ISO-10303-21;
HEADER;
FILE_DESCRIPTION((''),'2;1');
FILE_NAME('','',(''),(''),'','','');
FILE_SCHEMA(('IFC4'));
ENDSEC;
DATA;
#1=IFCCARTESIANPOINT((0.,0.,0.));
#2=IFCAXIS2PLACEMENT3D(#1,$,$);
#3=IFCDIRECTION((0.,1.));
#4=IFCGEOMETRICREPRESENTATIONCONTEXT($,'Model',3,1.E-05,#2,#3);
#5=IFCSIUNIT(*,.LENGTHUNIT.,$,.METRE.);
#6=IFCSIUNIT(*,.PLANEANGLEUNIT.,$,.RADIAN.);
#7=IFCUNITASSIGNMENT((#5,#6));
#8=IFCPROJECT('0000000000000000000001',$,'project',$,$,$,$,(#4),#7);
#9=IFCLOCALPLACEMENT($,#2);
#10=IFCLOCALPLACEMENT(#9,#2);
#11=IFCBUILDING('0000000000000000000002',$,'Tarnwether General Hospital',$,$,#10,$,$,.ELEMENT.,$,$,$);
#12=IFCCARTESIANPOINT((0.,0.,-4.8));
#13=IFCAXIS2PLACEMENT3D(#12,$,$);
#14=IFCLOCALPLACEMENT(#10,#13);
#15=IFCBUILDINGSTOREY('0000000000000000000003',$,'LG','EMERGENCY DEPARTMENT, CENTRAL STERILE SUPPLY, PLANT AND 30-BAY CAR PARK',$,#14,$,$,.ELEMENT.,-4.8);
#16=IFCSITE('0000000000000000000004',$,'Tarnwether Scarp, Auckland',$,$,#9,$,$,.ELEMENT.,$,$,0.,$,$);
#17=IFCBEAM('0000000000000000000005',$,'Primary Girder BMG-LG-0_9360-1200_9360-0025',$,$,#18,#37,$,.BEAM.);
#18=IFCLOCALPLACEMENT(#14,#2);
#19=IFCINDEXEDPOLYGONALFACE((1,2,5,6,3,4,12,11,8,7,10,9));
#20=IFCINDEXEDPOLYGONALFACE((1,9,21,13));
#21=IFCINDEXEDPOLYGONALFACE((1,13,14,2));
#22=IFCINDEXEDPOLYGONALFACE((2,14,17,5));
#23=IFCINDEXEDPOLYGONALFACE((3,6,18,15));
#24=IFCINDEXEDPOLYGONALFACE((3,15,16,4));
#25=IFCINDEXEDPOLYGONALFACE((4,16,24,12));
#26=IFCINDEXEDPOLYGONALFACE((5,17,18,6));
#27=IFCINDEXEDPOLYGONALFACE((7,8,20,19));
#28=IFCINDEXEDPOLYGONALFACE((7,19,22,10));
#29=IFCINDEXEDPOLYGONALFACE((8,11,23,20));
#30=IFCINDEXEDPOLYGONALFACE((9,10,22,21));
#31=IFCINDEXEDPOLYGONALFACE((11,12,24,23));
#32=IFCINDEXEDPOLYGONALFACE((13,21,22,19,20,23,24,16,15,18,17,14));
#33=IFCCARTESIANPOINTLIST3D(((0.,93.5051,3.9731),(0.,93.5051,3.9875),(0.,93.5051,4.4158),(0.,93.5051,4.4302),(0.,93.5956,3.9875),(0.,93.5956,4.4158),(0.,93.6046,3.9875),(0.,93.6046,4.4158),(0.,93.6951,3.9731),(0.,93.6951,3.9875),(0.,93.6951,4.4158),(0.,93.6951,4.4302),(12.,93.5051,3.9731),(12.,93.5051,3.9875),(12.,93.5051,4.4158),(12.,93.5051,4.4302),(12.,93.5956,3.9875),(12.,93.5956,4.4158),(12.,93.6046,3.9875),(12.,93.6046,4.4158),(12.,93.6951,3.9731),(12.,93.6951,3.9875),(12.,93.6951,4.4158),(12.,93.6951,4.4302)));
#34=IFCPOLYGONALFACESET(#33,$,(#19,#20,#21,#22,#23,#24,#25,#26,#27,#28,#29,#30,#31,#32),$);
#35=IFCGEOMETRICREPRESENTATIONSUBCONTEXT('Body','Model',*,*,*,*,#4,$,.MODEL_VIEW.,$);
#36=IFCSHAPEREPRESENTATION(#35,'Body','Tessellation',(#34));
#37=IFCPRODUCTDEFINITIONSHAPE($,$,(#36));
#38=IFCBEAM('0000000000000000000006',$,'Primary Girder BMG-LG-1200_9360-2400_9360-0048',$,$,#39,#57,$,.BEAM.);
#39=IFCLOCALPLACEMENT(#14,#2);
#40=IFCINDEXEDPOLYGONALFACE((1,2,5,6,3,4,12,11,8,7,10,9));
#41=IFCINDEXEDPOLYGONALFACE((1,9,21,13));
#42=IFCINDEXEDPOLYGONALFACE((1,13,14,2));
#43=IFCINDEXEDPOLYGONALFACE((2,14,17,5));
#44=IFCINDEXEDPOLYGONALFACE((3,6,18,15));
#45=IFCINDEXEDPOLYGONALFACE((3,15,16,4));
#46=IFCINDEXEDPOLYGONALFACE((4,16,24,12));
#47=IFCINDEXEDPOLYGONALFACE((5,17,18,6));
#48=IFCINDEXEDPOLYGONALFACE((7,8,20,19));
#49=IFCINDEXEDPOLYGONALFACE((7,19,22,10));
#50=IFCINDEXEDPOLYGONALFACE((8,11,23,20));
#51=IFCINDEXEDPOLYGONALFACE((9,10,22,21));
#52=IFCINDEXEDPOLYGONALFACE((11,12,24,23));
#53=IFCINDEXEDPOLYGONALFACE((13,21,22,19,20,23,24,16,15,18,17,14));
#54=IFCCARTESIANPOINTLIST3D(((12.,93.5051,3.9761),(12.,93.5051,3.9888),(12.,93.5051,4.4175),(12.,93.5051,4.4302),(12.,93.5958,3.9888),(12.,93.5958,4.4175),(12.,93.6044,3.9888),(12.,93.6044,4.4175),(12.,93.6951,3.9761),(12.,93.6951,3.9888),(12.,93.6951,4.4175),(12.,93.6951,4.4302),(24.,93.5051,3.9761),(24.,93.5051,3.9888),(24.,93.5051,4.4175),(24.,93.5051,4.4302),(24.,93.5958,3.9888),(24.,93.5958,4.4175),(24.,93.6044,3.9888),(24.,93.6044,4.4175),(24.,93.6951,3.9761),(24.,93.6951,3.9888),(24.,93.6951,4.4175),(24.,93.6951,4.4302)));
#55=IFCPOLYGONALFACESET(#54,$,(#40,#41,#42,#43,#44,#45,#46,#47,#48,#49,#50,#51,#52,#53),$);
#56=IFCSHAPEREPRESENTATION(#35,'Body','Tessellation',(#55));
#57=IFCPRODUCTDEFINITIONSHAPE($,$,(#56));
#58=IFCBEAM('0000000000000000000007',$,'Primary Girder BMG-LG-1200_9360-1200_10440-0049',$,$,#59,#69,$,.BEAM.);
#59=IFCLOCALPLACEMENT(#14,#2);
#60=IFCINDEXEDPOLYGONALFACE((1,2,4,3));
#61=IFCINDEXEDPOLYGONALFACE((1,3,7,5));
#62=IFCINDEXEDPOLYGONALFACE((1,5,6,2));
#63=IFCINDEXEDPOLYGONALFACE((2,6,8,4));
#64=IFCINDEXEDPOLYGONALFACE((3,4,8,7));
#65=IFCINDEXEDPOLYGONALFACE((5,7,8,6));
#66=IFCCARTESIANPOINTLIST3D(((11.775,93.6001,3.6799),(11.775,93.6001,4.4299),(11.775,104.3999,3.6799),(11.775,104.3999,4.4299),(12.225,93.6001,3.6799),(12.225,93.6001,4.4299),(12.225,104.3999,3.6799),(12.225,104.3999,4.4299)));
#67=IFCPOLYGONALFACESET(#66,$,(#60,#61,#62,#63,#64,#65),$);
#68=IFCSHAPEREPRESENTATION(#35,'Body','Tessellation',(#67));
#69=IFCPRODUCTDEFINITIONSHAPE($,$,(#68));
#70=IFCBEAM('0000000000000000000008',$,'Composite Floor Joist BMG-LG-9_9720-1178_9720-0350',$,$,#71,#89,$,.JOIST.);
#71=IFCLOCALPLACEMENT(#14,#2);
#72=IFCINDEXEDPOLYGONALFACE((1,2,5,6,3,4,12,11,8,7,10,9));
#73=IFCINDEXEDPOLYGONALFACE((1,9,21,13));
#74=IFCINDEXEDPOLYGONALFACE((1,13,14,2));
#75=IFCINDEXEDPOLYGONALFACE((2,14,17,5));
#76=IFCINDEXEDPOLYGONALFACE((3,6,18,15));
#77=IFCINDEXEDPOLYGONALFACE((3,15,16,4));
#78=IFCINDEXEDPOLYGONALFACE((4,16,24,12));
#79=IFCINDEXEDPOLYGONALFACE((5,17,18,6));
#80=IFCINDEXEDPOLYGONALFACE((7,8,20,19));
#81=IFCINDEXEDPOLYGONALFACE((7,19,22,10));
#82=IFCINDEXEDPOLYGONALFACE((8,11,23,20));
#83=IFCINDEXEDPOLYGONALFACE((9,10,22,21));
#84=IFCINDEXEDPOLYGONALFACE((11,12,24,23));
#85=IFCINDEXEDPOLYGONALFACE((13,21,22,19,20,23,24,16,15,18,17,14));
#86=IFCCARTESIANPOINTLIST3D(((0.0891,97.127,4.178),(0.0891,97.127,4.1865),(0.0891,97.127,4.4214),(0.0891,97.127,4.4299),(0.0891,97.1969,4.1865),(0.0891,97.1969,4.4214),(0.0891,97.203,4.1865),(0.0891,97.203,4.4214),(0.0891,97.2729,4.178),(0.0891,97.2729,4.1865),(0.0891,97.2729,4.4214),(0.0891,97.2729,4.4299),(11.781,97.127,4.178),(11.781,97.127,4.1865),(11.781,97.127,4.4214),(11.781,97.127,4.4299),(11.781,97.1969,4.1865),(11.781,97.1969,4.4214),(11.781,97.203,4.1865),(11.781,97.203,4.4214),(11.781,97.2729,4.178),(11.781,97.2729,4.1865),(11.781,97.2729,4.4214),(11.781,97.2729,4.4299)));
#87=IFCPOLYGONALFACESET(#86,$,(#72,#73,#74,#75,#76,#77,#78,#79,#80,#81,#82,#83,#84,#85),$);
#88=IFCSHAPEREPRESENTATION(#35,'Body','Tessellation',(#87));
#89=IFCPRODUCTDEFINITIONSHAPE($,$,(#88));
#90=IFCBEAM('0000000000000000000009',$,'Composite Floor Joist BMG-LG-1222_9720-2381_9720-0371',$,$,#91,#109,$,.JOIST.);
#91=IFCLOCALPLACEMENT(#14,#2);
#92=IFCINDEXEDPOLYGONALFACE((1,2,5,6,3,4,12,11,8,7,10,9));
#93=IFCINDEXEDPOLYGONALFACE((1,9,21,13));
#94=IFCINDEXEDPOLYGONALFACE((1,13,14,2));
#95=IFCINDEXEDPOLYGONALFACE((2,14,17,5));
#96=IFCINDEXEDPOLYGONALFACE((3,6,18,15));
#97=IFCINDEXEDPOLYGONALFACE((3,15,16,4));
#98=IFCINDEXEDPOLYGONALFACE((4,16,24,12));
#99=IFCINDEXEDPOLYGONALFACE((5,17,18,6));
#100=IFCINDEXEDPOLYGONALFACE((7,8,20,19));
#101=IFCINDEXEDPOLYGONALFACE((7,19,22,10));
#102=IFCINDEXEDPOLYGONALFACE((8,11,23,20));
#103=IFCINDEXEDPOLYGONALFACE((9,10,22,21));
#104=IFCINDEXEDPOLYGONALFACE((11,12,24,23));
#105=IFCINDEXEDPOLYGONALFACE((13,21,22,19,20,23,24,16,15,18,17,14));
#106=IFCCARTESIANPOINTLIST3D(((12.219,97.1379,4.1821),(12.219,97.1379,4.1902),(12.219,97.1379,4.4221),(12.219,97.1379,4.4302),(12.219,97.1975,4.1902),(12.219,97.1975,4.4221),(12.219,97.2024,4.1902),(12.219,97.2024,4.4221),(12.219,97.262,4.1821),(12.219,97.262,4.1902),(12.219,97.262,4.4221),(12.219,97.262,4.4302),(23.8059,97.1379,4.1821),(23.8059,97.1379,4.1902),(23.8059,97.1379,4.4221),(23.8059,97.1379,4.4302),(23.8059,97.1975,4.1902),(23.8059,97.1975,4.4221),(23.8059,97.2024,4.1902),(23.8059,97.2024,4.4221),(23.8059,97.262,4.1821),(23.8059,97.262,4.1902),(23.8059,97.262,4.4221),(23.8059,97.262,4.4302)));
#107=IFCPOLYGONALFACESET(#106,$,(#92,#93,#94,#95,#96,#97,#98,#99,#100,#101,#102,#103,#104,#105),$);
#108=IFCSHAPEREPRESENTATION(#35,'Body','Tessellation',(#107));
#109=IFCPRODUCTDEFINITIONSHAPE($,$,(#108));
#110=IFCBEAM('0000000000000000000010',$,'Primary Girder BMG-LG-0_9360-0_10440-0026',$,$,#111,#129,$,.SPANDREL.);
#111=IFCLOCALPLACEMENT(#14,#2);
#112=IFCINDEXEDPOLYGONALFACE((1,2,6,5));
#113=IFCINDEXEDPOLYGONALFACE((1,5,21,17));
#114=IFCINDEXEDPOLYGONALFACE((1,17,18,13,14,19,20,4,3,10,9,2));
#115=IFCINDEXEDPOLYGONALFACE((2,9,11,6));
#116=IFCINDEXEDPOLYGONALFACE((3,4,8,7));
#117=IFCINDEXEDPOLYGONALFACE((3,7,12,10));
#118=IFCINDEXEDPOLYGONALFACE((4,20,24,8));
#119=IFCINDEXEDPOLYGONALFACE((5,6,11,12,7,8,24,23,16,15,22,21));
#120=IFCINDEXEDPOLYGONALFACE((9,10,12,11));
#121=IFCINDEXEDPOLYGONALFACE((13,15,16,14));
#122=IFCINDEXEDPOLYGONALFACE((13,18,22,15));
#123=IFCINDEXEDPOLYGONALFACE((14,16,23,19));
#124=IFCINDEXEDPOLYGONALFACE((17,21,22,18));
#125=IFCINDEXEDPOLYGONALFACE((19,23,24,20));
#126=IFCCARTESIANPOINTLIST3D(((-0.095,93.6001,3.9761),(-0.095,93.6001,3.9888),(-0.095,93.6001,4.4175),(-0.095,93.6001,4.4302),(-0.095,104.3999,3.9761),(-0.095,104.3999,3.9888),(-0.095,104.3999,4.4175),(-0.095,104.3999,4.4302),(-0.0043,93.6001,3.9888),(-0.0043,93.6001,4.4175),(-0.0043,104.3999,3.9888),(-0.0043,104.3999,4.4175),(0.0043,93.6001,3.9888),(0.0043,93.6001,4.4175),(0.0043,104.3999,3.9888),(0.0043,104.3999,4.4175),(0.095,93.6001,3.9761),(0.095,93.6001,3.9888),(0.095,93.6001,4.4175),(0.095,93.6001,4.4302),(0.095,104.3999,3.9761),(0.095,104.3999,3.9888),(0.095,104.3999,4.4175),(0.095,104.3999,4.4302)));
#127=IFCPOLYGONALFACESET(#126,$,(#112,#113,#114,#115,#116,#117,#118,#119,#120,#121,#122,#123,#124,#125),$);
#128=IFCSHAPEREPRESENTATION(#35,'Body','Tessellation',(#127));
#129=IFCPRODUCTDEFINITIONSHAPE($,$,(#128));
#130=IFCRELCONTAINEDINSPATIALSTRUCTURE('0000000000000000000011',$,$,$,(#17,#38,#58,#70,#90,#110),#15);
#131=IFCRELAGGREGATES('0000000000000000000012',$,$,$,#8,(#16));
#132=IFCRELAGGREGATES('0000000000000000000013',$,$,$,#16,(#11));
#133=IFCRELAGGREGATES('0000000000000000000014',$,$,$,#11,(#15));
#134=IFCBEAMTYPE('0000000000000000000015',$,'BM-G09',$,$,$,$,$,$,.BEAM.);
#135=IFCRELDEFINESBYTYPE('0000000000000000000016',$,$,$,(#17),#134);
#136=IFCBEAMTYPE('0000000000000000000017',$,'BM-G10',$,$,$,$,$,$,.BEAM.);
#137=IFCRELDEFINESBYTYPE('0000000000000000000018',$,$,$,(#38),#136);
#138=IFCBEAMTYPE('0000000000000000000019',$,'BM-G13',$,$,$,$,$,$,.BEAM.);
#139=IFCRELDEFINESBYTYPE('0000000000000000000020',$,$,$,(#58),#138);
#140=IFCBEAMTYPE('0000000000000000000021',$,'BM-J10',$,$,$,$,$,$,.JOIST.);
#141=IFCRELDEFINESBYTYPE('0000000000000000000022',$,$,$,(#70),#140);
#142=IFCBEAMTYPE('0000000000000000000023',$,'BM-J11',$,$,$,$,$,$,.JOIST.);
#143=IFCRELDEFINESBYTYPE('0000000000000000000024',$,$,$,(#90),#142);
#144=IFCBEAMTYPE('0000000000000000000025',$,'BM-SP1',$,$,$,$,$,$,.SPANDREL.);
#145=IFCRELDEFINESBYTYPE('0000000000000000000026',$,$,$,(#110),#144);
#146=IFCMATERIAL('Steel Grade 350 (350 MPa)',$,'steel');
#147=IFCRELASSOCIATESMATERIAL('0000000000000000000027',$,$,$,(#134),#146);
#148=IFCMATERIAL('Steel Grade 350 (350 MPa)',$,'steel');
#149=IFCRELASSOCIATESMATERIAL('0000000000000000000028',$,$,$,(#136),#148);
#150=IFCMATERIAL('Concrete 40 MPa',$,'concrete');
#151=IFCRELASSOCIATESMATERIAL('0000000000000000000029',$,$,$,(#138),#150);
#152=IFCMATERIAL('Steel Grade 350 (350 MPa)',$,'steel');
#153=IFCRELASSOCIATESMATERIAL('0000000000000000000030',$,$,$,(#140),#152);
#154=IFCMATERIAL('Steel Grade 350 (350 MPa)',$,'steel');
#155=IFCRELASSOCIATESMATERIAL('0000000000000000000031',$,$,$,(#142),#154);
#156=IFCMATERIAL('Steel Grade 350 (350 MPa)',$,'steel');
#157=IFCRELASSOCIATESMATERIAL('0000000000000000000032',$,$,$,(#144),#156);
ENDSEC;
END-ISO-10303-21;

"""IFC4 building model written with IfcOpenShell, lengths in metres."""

from ifc_helpers import new_model, si_unit, direction, frame, origin, origin_2d, place, context, subcontext, project, spatial, rectangle, i_section, extrude, material, material_profile, profile_set, type_object, element, save


model = new_model("IFC4")

# Units and contexts
model_context = context("Model", 3, precision=1e-05, world=origin(), true_north=direction((0.0, 1.0)))
body_context = subcontext(model_context, "Body", "Model", "MODEL_VIEW")
ifc_project = project(units=[si_unit("LENGTHUNIT", "METRE"), si_unit("PLANEANGLEUNIT", "RADIAN")], contexts=[model_context])

# Site, building, storey
site_placement = place(None, origin())
site = spatial("IfcSite", under=ifc_project, at=site_placement, Name="Tarnwether Scarp, Auckland", CompositionType="ELEMENT", RefElevation=0.0)
building_placement = place(site_placement, origin())
building = spatial("IfcBuilding", under=site, at=building_placement, Name="Tarnwether General Hospital", CompositionType="ELEMENT")
storey_placement = place(building_placement, frame((0.0, 0.0, -4.8)))
storey = spatial("IfcBuildingStorey", under=building, at=storey_placement, Name="LG", Description="EMERGENCY DEPARTMENT, CENTRAL STERILE SUPPLY, PLANT AND 30-BAY CAR PARK", CompositionType="ELEMENT", Elevation=-4.8)

# Beams
ifc_material_1 = material(Name="Steel Grade 350 (350 MPa)", Category="steel")
ifc_material_profile_1 = material_profile(ifc_material_1, i_section(OverallWidth=0.1899, OverallDepth=0.457, WebThickness=0.009, FlangeThickness=0.0144, at=origin_2d()), Name="460UB74.6")
ifc_profile_set_1 = profile_set([ifc_material_profile_1], Name="Steel Grade 350 (350 MPa)")
beam_type_1 = type_object("IfcBeamType", Name="BM-G09", PredefinedType="BEAM", material=ifc_profile_set_1)
beam_1_placement = place(storey_placement, frame((0.0, 93.6001, 4.2017), z_axis=(1.0, 0.0, 0.0), x_axis=(0.0, 1.0, 0.0)))
element("IfcBeam", 1, at=beam_1_placement, inside=storey, type_object=beam_type_1, Name="Primary Girder BMG-LG-0_9360-1200_9360-0025", PredefinedType="BEAM", context=body_context, shape_type="SweptSolid", body=[
    extrude(i_section(OverallWidth=0.1899, OverallDepth=0.457, WebThickness=0.009, FlangeThickness=0.0144, at=origin_2d()), origin(), (0.0, 0.0, 1.0), 12.0),
])
ifc_material_2 = material(Name="Steel Grade 350 (350 MPa)", Category="steel")
ifc_material_profile_2 = material_profile(ifc_material_2, i_section(OverallWidth=0.1899, OverallDepth=0.4541, WebThickness=0.0085, FlangeThickness=0.0127, at=origin_2d()), Name="460UB67.1")
ifc_profile_set_2 = profile_set([ifc_material_profile_2], Name="Steel Grade 350 (350 MPa)")
beam_type_2 = type_object("IfcBeamType", Name="BM-G10", PredefinedType="BEAM", material=ifc_profile_set_2)
beam_2_placement = place(storey_placement, frame((12.0, 93.6001, 4.2031), z_axis=(1.0, 0.0, 0.0), x_axis=(0.0, 1.0, 0.0)))
element("IfcBeam", 2, at=beam_2_placement, inside=storey, type_object=beam_type_2, Name="Primary Girder BMG-LG-1200_9360-2400_9360-0048", PredefinedType="BEAM", context=body_context, shape_type="SweptSolid", body=[
    extrude(i_section(OverallWidth=0.1899, OverallDepth=0.4541, WebThickness=0.0085, FlangeThickness=0.0127, at=origin_2d()), origin(), (0.0, 0.0, 1.0), 12.0),
])
ifc_material_3 = material(Name="Concrete 40 MPa", Category="concrete")
ifc_material_profile_3 = material_profile(ifc_material_3, rectangle(XDim=0.45, YDim=0.75, at=origin_2d()), Name="RC-BM-450x750")
ifc_profile_set_3 = profile_set([ifc_material_profile_3], Name="Concrete 40 MPa")
beam_type_3 = type_object("IfcBeamType", Name="BM-G13", PredefinedType="BEAM", material=ifc_profile_set_3)
beam_3_placement = place(storey_placement, frame((12.0, 93.6001, 4.0549), z_axis=(0.0, 1.0, 0.0), x_axis=(-1.0, 0.0, 0.0)))
element("IfcBeam", 3, at=beam_3_placement, inside=storey, type_object=beam_type_3, Name="Primary Girder BMG-LG-1200_9360-1200_10440-0049", PredefinedType="BEAM", context=body_context, shape_type="SweptSolid", body=[
    extrude(rectangle(XDim=0.45, YDim=0.75, at=origin_2d()), origin(), (0.0, 0.0, 1.0), 10.7998),
])
ifc_material_4 = material(Name="Steel Grade 350 (350 MPa)", Category="steel")
ifc_material_profile_4 = material_profile(ifc_material_4, i_section(OverallWidth=0.146, OverallDepth=0.252, WebThickness=0.0061, FlangeThickness=0.0085, at=origin_2d()), Name="250UB31.4")
ifc_profile_set_4 = profile_set([ifc_material_profile_4], Name="Steel Grade 350 (350 MPa)")
beam_type_4 = type_object("IfcBeamType", Name="BM-J10", PredefinedType="JOIST", material=ifc_profile_set_4)
beam_4_placement = place(storey_placement, frame((0.0891, 97.2, 4.304), z_axis=(1.0, 0.0, 0.0), x_axis=(0.0, 1.0, 0.0)))
element("IfcBeam", 4, at=beam_4_placement, inside=storey, type_object=beam_type_4, Name="Composite Floor Joist BMG-LG-9_9720-1178_9720-0350", PredefinedType="JOIST", context=body_context, shape_type="SweptSolid", body=[
    extrude(i_section(OverallWidth=0.146, OverallDepth=0.252, WebThickness=0.0061, FlangeThickness=0.0085, at=origin_2d()), origin(), (0.0, 0.0, 1.0), 11.6919),
])
ifc_material_5 = material(Name="Steel Grade 350 (350 MPa)", Category="steel")
ifc_material_profile_5 = material_profile(ifc_material_5, i_section(OverallWidth=0.124, OverallDepth=0.248, WebThickness=0.0049, FlangeThickness=0.0081, at=origin_2d()), Name="250UB25.7")
ifc_profile_set_5 = profile_set([ifc_material_profile_5], Name="Steel Grade 350 (350 MPa)")
beam_type_5 = type_object("IfcBeamType", Name="BM-J11", PredefinedType="JOIST", material=ifc_profile_set_5)
beam_5_placement = place(storey_placement, frame((12.219, 97.2, 4.3062), z_axis=(1.0, 0.0, 0.0), x_axis=(0.0, 1.0, 0.0)))
element("IfcBeam", 5, at=beam_5_placement, inside=storey, type_object=beam_type_5, Name="Composite Floor Joist BMG-LG-1222_9720-2381_9720-0371", PredefinedType="JOIST", context=body_context, shape_type="SweptSolid", body=[
    extrude(i_section(OverallWidth=0.124, OverallDepth=0.248, WebThickness=0.0049, FlangeThickness=0.0081, at=origin_2d()), origin(), (0.0, 0.0, 1.0), 11.5869),
])
ifc_material_6 = material(Name="Steel Grade 350 (350 MPa)", Category="steel")
ifc_material_profile_6 = material_profile(ifc_material_6, i_section(OverallWidth=0.1899, OverallDepth=0.4541, WebThickness=0.0085, FlangeThickness=0.0127, at=origin_2d()), Name="460UB67.1")
ifc_profile_set_6 = profile_set([ifc_material_profile_6], Name="Steel Grade 350 (350 MPa)")
beam_type_6 = type_object("IfcBeamType", Name="BM-SP1", PredefinedType="SPANDREL", material=ifc_profile_set_6)
beam_6_placement = place(storey_placement, frame((0.0, 93.6001, 4.2031), z_axis=(0.0, 1.0, 0.0), x_axis=(-1.0, 0.0, 0.0)))
element("IfcBeam", 6, at=beam_6_placement, inside=storey, type_object=beam_type_6, Name="Primary Girder BMG-LG-0_9360-0_10440-0026", PredefinedType="SPANDREL", context=body_context, shape_type="SweptSolid", body=[
    extrude(i_section(OverallWidth=0.1899, OverallDepth=0.4541, WebThickness=0.0085, FlangeThickness=0.0127, at=origin_2d()), origin(), (0.0, 0.0, 1.0), 10.7998),
])

save(model, "model.ifc")
